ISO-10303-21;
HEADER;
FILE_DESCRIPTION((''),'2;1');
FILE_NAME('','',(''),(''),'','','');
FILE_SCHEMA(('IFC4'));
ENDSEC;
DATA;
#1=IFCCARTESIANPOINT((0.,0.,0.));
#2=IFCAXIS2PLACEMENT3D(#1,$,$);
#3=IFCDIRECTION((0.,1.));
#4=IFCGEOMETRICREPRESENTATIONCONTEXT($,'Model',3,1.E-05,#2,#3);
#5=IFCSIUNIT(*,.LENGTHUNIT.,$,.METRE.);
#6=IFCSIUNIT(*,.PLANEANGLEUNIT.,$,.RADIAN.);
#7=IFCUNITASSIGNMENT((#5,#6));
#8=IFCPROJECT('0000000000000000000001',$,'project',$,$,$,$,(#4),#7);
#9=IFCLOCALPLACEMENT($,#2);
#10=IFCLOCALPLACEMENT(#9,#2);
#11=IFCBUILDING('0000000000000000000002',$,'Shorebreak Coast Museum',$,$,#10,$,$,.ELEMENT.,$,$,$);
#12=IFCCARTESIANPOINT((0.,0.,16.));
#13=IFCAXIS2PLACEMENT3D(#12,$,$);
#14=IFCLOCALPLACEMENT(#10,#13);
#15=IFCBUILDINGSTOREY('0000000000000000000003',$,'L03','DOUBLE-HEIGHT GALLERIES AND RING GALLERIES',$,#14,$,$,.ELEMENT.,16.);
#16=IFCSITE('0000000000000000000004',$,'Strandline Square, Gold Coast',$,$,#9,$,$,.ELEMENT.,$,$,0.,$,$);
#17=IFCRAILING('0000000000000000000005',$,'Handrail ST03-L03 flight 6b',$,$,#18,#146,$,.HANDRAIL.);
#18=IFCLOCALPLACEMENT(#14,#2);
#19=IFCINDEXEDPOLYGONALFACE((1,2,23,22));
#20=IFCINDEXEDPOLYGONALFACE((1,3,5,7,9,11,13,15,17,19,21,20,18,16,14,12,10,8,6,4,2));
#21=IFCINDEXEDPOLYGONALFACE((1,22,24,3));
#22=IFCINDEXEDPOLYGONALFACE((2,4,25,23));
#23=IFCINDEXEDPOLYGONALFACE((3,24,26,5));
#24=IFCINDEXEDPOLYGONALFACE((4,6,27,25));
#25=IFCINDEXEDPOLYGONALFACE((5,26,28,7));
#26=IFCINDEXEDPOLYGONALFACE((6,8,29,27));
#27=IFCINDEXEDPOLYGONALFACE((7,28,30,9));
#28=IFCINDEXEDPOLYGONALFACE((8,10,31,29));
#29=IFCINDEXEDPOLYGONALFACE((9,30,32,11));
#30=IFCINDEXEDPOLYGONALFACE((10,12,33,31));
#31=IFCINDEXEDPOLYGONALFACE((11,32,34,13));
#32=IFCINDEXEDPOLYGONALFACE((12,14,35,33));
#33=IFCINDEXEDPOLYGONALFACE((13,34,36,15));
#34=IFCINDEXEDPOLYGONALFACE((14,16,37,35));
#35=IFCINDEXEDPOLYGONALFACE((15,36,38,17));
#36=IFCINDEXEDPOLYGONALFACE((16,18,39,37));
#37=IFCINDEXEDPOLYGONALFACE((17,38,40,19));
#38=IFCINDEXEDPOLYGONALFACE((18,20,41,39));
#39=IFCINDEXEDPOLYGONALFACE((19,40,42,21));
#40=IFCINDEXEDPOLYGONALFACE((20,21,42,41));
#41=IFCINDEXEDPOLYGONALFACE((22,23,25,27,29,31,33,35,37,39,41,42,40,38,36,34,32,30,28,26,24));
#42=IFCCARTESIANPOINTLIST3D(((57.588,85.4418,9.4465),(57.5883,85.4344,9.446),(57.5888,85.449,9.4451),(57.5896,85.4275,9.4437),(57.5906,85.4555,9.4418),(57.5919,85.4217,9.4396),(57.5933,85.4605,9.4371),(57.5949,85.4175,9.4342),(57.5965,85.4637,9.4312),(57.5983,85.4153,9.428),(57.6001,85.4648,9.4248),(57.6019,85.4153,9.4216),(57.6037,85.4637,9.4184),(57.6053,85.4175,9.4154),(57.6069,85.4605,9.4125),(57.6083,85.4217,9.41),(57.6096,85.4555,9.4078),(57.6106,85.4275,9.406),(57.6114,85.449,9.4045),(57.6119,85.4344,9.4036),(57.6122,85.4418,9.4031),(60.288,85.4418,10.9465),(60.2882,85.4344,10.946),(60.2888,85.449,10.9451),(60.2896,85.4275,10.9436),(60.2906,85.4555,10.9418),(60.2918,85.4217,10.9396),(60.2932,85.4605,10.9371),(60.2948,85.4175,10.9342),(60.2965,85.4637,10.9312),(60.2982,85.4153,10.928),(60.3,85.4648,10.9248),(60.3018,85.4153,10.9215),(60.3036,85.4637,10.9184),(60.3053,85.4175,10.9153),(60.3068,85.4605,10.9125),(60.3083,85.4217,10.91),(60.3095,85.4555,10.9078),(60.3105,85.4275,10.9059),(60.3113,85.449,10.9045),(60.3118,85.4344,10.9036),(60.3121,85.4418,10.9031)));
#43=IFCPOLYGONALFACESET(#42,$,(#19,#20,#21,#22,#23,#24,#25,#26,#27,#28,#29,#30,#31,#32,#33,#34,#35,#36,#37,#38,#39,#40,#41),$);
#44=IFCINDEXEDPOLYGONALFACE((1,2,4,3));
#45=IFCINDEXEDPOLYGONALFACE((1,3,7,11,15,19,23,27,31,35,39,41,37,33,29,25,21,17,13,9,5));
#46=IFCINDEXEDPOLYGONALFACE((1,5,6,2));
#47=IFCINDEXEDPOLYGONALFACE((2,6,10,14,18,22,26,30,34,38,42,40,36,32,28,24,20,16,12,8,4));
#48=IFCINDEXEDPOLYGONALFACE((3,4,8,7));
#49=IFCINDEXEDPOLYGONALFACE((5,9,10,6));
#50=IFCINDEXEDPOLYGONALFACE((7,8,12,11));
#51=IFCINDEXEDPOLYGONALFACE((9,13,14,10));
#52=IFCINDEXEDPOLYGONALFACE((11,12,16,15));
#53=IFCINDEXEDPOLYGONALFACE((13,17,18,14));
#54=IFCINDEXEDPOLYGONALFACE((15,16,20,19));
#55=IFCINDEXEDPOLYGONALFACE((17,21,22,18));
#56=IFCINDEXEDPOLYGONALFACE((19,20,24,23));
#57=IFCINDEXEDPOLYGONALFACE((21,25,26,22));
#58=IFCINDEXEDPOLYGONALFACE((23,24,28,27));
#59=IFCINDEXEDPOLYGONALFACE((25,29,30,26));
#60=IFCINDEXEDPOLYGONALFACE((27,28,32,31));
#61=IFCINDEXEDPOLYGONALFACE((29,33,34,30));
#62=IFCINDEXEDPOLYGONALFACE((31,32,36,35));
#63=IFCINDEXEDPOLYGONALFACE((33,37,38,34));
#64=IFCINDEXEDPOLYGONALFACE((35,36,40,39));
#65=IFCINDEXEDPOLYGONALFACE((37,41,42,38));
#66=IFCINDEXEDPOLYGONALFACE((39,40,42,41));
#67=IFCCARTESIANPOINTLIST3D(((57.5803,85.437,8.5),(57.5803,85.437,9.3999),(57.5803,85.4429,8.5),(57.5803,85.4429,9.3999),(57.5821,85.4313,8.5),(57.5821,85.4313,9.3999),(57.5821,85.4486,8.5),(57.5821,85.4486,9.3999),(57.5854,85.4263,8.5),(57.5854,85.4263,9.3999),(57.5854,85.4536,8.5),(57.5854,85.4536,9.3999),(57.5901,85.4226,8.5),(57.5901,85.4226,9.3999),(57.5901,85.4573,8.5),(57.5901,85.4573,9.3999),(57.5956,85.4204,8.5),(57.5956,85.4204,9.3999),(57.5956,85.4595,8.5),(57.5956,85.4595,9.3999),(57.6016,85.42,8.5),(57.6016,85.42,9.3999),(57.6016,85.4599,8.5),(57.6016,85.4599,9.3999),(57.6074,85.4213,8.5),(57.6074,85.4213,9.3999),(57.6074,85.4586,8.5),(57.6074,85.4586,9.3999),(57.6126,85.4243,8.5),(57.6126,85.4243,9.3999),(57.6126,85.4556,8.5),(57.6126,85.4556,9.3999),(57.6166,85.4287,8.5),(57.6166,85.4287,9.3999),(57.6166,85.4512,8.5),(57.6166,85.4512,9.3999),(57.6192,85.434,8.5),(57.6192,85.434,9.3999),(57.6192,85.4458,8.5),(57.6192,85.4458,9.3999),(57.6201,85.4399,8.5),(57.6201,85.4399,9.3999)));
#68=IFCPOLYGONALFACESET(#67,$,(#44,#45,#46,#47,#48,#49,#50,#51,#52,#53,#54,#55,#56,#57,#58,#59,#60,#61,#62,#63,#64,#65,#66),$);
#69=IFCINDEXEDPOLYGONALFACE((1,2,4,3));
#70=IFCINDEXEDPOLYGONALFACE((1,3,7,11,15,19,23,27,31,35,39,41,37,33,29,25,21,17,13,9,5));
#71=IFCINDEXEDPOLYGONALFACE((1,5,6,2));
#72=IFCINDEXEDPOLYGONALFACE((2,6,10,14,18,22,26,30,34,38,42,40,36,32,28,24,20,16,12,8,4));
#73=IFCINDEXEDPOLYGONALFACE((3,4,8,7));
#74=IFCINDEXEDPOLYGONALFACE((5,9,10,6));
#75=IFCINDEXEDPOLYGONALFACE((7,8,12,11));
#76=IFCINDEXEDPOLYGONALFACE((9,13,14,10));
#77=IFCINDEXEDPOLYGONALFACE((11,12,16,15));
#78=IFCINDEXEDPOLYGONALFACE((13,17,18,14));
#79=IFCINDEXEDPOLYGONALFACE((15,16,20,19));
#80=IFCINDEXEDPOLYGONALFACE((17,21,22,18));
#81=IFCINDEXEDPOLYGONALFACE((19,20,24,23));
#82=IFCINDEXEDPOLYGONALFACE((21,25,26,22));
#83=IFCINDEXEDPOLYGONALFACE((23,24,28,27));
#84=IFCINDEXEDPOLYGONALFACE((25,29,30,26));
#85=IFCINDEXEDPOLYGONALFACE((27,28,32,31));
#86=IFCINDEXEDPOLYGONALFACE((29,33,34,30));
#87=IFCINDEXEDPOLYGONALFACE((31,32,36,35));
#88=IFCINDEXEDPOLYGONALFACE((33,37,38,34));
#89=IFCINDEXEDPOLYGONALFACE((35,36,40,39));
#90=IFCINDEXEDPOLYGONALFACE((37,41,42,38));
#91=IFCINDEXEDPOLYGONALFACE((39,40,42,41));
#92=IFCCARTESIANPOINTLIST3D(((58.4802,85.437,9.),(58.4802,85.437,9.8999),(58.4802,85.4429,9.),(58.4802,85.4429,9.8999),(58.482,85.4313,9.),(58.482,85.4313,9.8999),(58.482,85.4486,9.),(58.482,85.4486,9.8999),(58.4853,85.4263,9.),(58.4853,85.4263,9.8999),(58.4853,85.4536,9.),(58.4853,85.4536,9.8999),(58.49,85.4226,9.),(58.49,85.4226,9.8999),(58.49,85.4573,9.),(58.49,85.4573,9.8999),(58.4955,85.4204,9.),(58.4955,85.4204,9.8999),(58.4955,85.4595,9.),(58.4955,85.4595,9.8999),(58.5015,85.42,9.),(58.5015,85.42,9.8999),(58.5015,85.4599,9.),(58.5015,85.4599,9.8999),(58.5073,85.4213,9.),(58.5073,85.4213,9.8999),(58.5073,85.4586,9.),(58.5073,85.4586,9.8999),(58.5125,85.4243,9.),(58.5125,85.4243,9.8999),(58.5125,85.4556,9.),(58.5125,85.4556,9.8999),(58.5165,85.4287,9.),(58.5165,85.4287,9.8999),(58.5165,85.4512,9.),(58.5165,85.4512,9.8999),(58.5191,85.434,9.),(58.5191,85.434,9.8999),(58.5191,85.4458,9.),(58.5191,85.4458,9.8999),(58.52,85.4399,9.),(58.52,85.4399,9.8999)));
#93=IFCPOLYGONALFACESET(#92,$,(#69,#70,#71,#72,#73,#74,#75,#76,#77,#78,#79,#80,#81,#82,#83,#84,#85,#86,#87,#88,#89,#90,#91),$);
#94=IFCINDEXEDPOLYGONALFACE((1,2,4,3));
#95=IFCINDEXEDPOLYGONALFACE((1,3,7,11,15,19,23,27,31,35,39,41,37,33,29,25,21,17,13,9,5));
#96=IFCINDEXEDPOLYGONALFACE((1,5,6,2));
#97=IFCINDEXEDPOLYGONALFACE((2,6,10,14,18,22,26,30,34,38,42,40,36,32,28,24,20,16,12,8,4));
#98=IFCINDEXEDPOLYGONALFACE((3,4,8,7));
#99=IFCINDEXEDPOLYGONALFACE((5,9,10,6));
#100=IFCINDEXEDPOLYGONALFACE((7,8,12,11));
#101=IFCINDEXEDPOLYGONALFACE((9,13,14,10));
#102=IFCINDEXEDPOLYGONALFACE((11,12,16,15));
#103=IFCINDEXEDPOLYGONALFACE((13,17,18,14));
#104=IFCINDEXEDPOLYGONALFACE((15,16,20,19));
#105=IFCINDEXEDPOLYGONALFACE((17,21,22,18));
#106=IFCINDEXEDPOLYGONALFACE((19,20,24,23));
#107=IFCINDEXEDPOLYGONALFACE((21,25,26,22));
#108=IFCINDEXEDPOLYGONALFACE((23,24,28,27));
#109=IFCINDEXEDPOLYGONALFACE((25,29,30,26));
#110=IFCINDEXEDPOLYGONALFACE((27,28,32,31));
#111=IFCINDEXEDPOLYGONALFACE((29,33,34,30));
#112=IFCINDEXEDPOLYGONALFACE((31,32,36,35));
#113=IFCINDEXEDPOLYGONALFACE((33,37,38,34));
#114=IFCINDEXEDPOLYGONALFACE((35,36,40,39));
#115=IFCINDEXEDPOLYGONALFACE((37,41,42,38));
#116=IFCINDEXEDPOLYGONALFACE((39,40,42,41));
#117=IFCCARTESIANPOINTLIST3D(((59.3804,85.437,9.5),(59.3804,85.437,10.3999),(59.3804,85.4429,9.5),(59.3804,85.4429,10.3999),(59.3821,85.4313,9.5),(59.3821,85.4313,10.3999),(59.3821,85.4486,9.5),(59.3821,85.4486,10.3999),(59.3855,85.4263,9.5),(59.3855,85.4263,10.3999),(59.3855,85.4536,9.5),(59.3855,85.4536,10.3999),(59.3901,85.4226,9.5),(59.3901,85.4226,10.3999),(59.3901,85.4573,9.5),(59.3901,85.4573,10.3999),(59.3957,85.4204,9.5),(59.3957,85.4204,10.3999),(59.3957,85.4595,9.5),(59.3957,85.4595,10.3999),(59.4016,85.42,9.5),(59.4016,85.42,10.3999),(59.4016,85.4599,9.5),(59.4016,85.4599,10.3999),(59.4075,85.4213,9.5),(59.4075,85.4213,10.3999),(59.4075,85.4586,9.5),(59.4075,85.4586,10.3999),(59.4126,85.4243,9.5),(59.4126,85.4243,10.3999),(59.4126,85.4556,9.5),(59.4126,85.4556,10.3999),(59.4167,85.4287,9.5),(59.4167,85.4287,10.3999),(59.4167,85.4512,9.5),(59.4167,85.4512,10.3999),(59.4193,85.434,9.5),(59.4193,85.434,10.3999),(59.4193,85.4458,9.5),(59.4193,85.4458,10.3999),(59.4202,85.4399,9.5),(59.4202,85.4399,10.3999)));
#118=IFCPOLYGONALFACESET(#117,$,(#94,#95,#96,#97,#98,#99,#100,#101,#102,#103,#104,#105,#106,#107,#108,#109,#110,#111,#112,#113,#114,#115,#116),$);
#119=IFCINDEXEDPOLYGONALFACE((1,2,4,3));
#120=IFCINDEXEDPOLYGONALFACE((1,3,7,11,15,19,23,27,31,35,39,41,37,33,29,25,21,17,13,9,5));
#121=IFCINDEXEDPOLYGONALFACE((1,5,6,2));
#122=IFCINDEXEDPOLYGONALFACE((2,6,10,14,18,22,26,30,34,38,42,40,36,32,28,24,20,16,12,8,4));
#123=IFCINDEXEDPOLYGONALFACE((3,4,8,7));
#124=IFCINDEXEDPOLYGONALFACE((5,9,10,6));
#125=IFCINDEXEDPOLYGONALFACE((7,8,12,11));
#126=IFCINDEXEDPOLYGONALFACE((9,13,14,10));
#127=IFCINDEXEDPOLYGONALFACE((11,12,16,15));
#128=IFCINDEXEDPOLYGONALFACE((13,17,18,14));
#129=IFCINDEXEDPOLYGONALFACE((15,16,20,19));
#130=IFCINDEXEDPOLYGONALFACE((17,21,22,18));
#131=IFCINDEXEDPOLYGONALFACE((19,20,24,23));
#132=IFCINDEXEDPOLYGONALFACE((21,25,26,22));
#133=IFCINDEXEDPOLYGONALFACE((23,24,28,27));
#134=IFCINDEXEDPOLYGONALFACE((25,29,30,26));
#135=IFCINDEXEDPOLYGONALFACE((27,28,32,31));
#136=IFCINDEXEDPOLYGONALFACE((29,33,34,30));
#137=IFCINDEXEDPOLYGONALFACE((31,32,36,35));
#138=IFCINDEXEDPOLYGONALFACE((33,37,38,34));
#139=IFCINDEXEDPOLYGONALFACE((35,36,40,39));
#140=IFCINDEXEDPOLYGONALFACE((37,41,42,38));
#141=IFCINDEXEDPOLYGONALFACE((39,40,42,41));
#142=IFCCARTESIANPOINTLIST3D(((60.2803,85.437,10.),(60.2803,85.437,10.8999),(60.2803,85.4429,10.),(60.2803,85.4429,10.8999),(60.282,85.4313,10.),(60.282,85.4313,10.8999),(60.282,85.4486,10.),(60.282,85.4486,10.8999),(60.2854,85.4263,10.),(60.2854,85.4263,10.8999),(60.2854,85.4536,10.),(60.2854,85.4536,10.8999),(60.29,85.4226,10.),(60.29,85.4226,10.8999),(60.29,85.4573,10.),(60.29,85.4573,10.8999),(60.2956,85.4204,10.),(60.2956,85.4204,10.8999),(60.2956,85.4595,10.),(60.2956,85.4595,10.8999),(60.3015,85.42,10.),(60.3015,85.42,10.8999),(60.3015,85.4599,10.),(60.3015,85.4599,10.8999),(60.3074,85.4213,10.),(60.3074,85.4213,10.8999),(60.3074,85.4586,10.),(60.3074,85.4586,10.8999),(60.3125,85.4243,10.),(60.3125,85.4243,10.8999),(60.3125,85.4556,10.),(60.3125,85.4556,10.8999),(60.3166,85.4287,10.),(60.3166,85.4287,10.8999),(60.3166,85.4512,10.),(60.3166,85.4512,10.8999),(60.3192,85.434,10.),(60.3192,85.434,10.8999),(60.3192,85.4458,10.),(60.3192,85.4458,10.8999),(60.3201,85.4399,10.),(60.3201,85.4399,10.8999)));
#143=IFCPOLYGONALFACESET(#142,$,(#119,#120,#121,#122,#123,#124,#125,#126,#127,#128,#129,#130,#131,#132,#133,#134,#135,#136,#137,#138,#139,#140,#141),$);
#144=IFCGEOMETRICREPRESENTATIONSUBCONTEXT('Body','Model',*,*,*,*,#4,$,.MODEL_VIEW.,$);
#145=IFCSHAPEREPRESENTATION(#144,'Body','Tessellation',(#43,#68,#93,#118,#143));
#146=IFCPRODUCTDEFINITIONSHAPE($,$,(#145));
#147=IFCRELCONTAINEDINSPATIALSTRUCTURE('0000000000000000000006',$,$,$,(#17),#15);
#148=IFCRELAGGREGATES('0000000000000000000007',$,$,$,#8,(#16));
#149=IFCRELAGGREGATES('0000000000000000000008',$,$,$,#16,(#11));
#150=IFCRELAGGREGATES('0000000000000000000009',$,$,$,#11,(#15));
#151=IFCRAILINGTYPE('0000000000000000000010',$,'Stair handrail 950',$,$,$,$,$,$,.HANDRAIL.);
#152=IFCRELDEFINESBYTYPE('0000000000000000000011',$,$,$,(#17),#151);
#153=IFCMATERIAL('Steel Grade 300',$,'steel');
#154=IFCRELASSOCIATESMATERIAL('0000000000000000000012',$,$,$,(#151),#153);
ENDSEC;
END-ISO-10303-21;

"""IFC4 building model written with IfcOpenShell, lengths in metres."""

from ifc_helpers import new_model, si_unit, direction, frame, origin, origin_2d, place, context, subcontext, project, spatial, circle, extrude, material, type_object, element, save


model = new_model("IFC4")

# Units and contexts
model_context = context("Model", 3, precision=1e-05, world=origin(), true_north=direction((0.0, 1.0)))
body_context = subcontext(model_context, "Body", "Model", "MODEL_VIEW")
ifc_project = project(units=[si_unit("LENGTHUNIT", "METRE"), si_unit("PLANEANGLEUNIT", "RADIAN")], contexts=[model_context])

# Site, building, storey
site_placement = place(None, origin())
site = spatial("IfcSite", under=ifc_project, at=site_placement, Name="Strandline Square, Gold Coast", CompositionType="ELEMENT", RefElevation=0.0)
building_placement = place(site_placement, origin())
building = spatial("IfcBuilding", under=site, at=building_placement, Name="Shorebreak Coast Museum", CompositionType="ELEMENT")
storey_placement = place(building_placement, frame((0.0, 0.0, 16.0)))
storey = spatial("IfcBuildingStorey", under=building, at=storey_placement, Name="L03", Description="DOUBLE-HEIGHT GALLERIES AND RING GALLERIES", CompositionType="ELEMENT", Elevation=16.0)

# Railing
ifc_material_1 = material(Name="Steel Grade 300", Category="steel")
railing_type_1 = type_object("IfcRailingType", Name="Stair handrail 950", PredefinedType="HANDRAIL", material=ifc_material_1)
for number, where, name in (
    (1, (57.6001, 85.4399, 8.5), "Handrail ST03-L03 flight 6b"),
):
    element("IfcRailing", number, at=place(storey_placement, frame(where)), inside=storey, type_object=railing_type_1, Name=name, PredefinedType="HANDRAIL", context=body_context, shape_type="SweptSolid", body=[
        extrude(circle(Radius=0.0249, at=origin_2d()), frame((0.0, 0.0, 0.9248), z_axis=(0.874154, 0.0, 0.48565), x_axis=(0.0, 1.0, 0.0)), (0.0, 0.0, 1.0), 3.0886),
        extrude(circle(Radius=0.02, at=origin_2d()), origin(), (0.0, 0.0, 1.0), 0.8999),
        extrude(circle(Radius=0.02, at=origin_2d()), frame((0.8999, 0.0, 0.5)), (0.0, 0.0, 1.0), 0.8999),
        extrude(circle(Radius=0.02, at=origin_2d()), frame((1.8, 0.0, 1.0)), (0.0, 0.0, 1.0), 0.8999),
        extrude(circle(Radius=0.02, at=origin_2d()), frame((2.7, 0.0, 1.5)), (0.0, 0.0, 1.0), 0.8999),
    ])

save(model, "model.ifc")
